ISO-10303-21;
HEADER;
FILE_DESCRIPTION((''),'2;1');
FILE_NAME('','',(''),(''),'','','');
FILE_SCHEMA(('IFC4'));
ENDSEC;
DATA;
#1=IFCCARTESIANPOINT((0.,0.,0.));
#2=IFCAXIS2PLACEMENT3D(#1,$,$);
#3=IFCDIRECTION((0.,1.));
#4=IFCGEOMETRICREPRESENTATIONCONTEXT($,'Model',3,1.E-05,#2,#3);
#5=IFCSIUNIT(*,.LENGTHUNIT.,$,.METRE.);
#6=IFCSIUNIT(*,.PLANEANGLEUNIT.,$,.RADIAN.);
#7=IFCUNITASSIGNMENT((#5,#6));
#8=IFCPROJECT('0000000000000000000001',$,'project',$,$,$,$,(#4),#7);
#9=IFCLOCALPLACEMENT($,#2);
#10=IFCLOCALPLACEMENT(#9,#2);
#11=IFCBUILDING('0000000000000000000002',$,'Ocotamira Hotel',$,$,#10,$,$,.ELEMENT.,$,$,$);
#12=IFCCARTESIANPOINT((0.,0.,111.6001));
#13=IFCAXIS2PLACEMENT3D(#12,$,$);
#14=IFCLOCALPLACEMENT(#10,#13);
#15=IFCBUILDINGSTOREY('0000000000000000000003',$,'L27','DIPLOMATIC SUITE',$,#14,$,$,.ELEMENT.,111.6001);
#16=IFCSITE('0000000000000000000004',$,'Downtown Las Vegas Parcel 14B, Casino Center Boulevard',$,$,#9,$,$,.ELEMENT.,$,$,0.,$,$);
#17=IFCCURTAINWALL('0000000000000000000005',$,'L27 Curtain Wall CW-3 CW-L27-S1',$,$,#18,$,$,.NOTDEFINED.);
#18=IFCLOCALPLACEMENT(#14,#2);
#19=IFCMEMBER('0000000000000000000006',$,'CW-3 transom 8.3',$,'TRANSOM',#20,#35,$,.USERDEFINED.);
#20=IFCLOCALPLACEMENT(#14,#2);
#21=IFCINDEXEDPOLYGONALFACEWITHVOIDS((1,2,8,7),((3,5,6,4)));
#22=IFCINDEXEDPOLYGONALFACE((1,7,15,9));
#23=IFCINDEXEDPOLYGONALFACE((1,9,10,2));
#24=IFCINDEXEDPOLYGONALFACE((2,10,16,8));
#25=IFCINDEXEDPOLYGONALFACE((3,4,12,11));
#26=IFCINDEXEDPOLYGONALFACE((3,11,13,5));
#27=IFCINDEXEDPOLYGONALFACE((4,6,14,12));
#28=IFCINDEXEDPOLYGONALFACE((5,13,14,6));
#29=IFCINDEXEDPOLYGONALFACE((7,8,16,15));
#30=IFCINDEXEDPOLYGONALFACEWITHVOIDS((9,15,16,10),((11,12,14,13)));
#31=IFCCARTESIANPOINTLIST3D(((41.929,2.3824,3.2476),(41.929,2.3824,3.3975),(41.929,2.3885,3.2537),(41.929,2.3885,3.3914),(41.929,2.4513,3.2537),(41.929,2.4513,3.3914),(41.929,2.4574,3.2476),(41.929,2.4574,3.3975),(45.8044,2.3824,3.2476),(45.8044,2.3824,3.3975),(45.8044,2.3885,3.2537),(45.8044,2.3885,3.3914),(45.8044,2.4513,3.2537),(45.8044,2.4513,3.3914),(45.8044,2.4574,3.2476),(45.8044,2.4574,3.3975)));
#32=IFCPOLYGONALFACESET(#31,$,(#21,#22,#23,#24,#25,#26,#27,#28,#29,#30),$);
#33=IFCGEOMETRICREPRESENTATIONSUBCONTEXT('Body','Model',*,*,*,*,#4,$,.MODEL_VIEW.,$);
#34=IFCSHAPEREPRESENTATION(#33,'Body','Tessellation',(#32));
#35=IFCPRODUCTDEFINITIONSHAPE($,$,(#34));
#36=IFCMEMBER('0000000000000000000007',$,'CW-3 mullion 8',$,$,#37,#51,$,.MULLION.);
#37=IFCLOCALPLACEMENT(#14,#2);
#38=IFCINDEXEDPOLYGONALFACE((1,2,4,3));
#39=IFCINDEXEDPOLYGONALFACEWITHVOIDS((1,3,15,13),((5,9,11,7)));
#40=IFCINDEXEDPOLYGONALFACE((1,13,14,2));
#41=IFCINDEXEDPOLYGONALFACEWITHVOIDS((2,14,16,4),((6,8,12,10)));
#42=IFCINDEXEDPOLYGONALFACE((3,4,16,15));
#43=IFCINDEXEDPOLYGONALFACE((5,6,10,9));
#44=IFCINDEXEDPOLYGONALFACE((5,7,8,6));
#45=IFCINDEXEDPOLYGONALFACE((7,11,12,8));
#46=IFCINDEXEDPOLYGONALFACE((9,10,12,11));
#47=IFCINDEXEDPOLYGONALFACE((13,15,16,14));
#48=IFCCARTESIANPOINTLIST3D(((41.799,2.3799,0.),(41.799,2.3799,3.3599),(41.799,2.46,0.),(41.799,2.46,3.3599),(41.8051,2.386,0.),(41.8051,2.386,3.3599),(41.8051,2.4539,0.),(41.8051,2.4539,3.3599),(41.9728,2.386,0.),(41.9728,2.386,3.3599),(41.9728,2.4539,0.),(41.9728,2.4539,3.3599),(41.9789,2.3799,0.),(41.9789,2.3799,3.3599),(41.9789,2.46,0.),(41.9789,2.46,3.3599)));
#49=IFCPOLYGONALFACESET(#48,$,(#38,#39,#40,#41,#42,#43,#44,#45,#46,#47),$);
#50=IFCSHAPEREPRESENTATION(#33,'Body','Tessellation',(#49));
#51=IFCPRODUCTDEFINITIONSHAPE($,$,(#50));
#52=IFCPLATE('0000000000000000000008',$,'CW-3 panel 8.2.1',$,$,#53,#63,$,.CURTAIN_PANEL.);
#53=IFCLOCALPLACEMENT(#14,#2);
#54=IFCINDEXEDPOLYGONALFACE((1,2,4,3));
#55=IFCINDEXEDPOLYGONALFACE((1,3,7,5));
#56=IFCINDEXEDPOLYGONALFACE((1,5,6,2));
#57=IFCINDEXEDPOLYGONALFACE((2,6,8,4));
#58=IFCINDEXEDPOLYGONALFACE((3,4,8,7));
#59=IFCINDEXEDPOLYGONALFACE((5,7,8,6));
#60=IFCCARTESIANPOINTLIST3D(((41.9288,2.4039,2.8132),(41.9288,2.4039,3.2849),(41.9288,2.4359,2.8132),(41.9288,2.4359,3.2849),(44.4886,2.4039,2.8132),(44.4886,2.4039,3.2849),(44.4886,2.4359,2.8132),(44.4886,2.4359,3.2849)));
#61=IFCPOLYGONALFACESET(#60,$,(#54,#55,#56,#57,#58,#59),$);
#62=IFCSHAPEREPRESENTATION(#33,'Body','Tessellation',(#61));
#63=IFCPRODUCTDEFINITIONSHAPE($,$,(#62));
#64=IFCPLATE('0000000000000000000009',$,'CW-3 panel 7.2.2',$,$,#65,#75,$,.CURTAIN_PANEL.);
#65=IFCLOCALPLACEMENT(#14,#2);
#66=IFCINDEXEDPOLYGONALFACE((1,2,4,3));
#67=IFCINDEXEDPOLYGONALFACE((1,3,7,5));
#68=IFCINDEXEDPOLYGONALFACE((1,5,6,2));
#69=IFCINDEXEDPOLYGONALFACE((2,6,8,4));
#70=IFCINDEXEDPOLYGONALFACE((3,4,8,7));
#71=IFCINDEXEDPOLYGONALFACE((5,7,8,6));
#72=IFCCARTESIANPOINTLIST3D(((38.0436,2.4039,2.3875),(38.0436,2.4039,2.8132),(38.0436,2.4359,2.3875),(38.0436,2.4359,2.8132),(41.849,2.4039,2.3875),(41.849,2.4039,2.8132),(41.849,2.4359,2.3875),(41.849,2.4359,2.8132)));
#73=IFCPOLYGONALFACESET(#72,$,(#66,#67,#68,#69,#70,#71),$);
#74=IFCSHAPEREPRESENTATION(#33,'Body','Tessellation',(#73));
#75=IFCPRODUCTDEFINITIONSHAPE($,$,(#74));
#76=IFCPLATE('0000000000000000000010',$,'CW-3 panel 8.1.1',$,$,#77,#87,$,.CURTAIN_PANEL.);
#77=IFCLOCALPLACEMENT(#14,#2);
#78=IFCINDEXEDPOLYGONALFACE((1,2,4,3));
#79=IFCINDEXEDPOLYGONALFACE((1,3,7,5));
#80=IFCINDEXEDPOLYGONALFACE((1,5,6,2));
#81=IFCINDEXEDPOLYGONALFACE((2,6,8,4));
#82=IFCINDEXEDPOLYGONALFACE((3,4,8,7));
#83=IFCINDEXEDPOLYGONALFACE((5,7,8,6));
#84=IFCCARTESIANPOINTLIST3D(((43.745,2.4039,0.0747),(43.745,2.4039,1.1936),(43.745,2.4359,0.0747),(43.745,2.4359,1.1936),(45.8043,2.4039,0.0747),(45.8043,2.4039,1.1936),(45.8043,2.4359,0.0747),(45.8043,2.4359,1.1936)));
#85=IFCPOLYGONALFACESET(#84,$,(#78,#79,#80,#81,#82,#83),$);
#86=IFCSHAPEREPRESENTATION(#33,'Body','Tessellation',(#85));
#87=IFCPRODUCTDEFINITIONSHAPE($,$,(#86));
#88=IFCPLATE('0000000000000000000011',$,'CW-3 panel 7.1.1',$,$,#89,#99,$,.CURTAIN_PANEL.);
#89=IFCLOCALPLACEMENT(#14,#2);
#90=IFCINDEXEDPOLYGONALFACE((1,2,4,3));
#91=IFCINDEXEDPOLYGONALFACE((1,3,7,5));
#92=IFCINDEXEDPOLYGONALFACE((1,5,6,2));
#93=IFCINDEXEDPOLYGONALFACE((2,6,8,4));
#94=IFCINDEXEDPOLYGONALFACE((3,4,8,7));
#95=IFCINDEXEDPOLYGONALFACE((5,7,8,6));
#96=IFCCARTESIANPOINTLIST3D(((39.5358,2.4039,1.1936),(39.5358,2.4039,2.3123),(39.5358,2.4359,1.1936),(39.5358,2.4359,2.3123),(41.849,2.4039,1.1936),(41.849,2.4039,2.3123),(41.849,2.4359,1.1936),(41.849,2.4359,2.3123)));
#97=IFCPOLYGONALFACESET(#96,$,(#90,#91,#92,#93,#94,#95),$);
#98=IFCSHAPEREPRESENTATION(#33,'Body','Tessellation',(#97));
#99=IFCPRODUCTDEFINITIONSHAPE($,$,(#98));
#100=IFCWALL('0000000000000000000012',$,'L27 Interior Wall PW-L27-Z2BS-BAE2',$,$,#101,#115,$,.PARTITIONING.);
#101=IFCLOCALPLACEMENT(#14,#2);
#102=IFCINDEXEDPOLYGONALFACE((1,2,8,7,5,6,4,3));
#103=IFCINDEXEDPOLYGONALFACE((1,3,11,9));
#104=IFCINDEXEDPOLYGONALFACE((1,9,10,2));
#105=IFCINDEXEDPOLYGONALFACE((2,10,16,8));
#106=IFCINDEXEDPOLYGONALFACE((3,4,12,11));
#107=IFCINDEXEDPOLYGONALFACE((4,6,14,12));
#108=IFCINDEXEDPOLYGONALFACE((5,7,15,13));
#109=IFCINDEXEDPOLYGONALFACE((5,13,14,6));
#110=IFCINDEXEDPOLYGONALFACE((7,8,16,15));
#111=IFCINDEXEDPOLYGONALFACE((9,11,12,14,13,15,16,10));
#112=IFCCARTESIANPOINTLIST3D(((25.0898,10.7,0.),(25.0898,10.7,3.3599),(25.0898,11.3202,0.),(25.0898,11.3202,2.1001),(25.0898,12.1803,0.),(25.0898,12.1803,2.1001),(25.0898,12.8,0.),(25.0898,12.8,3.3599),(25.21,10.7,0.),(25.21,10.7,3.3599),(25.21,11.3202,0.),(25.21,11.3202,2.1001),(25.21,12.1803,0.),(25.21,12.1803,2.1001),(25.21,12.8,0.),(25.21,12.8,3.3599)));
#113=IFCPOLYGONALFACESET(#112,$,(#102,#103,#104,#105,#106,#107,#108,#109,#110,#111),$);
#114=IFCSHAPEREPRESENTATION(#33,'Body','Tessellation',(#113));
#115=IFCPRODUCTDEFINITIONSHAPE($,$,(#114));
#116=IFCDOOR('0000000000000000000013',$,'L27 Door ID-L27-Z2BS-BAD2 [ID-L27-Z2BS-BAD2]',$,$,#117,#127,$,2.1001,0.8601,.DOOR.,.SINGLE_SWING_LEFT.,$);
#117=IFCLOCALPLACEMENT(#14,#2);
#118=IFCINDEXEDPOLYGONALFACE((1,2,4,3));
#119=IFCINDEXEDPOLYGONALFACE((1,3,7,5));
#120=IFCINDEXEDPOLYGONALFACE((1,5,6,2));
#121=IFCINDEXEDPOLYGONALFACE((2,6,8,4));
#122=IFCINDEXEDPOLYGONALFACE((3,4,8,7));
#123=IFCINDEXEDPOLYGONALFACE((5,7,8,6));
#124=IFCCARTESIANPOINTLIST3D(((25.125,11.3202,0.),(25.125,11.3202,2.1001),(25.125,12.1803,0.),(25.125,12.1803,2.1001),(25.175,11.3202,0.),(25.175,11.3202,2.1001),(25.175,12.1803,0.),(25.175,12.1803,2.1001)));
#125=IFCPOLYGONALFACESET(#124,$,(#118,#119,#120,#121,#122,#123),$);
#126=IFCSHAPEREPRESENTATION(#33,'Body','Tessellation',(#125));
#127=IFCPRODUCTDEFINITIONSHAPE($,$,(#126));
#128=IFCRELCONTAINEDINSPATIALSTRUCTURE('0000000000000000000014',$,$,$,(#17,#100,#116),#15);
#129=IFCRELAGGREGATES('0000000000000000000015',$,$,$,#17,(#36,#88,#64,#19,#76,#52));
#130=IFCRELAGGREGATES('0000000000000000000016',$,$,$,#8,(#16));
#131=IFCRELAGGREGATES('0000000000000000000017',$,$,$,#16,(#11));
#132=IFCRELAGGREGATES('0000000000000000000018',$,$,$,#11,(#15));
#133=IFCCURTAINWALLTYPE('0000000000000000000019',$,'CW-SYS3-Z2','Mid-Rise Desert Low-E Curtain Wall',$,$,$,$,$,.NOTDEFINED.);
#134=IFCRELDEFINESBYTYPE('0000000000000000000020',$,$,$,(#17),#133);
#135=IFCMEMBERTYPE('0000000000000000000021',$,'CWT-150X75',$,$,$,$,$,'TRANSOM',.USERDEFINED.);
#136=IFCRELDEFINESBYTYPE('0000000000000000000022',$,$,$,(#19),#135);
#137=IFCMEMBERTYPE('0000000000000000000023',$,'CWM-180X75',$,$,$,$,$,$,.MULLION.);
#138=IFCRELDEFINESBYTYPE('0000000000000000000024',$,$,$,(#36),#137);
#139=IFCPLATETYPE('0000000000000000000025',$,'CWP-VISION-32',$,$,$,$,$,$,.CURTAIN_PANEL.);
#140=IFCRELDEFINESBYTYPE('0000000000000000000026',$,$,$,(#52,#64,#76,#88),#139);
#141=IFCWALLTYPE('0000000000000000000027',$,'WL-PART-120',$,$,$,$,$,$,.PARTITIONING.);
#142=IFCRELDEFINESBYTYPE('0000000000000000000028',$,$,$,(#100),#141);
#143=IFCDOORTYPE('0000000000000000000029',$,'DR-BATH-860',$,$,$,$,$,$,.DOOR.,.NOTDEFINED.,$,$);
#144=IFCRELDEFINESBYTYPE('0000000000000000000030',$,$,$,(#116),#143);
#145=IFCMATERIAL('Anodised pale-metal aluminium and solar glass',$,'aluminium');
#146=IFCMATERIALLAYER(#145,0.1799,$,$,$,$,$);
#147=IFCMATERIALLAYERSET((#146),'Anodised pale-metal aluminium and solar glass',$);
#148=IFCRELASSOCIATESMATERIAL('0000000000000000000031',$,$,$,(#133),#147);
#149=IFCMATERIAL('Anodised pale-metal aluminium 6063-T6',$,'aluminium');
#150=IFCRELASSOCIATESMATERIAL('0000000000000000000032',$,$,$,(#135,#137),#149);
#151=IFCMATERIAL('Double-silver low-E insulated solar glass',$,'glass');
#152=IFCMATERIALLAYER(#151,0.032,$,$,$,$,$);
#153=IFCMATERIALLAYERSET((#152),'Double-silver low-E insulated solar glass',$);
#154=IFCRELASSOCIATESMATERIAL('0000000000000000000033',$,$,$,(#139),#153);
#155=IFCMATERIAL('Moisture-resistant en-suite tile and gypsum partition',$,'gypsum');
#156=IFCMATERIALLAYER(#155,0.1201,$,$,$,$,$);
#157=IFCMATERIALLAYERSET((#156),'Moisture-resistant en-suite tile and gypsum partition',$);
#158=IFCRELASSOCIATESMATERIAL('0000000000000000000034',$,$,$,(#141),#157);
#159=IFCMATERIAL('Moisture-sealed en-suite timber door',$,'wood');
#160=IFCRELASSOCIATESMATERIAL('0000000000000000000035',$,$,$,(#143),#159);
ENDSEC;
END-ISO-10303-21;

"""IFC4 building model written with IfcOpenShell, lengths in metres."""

from ifc_helpers import new_model, si_unit, direction, frame, frame_2d, origin, origin_2d, place, context, subcontext, project, spatial, rectangle, hollow_rectangle, extrude, source, transform, mapped, material, layer, layer_set, material_profile, profile_set, type_object, element, fill, aggregate, save


model = new_model("IFC4")

# Units and contexts
model_context = context("Model", 3, precision=1e-05, world=origin(), true_north=direction((0.0, 1.0)))
body_context = subcontext(model_context, "Body", "Model", "MODEL_VIEW")
ifc_project = project(units=[si_unit("LENGTHUNIT", "METRE"), si_unit("PLANEANGLEUNIT", "RADIAN")], contexts=[model_context])

# Site, building, storey
site_placement = place(None, origin())
site = spatial("IfcSite", under=ifc_project, at=site_placement, Name="Downtown Las Vegas Parcel 14B, Casino Center Boulevard", CompositionType="ELEMENT", RefElevation=0.0)
building_placement = place(site_placement, origin())
building = spatial("IfcBuilding", under=site, at=building_placement, Name="Ocotamira Hotel", CompositionType="ELEMENT")
storey_placement = place(building_placement, frame((0.0, 0.0, 111.6001)))
storey = spatial("IfcBuildingStorey", under=building, at=storey_placement, Name="L27", Description="DIPLOMATIC SUITE", CompositionType="ELEMENT", Elevation=111.6001)

# Curtain wall, members, plates
ifc_material_1 = material(Name="Anodised pale-metal aluminium and solar glass", Category="aluminium")
ifc_layer_1 = layer(ifc_material_1, 0.1799)
ifc_layer_set_1 = layer_set([ifc_layer_1], Name="Anodised pale-metal aluminium and solar glass")
curtain_wall_type = type_object("IfcCurtainWallType", Name="CW-SYS3-Z2", Description="Mid-Rise Desert Low-E Curtain Wall", PredefinedType="NOTDEFINED", material=ifc_layer_set_1)
curtain_wall_placement = place(storey_placement, origin())
curtain_wall = element("IfcCurtainWall", 1, at=curtain_wall_placement, inside=storey, type_object=curtain_wall_type, Name="L27 Curtain Wall CW-3 CW-L27-S1", PredefinedType="NOTDEFINED")
ifc_material_2 = material(Name="Anodised pale-metal aluminium 6063-T6", Category="aluminium")
ifc_material_profile_1 = material_profile(ifc_material_2, hollow_rectangle(XDim=0.075, YDim=0.1499, WallThickness=0.0061, at=origin_2d()), Name="HSS150X75X6")
ifc_profile_set_1 = profile_set([ifc_material_profile_1], Name="Anodised pale-metal aluminium 6063-T6")
member_type_1 = type_object("IfcMemberType", Name="CWT-150X75", ElementType="TRANSOM", PredefinedType="USERDEFINED", material=ifc_profile_set_1)
shared_shape_1 = source(origin(), body_context, "Body", "SweptSolid", [
    extrude(hollow_rectangle(XDim=0.075, YDim=0.1499, WallThickness=0.0061, at=origin_2d()), origin(), (0.0, 0.0, 1.0), 3.8755),
])
member_1_placement = place(storey_placement, frame((41.929, 2.4199, 3.3225), z_axis=(1.0, 0.0, 0.0), x_axis=(0.0, 1.0, 0.0)))
member_1 = element("IfcMember", 2, at=member_1_placement, type_object=member_type_1, Name="CW-3 transom 8.3", ObjectType="TRANSOM", PredefinedType="USERDEFINED", context=body_context, shape_type="MappedRepresentation", body=[
    mapped(shared_shape_1, transform((0.0, 0.0, 0.0), scale=1.0)),
])
ifc_material_profile_2 = material_profile(ifc_material_2, hollow_rectangle(XDim=0.0801, YDim=0.1799, WallThickness=0.0061, at=origin_2d()), Name="HSS180X80X6")
ifc_profile_set_2 = profile_set([ifc_material_profile_2], Name="Anodised pale-metal aluminium 6063-T6")
member_type_2 = type_object("IfcMemberType", Name="CWM-180X75", PredefinedType="MULLION", material=ifc_profile_set_2)
shared_shape_2 = source(origin(), body_context, "Body", "SweptSolid", [
    extrude(hollow_rectangle(XDim=0.0801, YDim=0.1799, WallThickness=0.0061, at=origin_2d()), origin(), (0.0, 0.0, 1.0), 3.3599),
])
member_2_placement = place(storey_placement, frame((41.8889, 2.4199, 0.0), z_axis=(0.0, 0.0, 1.0), x_axis=(0.0, 1.0, 0.0)))
member_2 = element("IfcMember", 3, at=member_2_placement, type_object=member_type_2, Name="CW-3 mullion 8", PredefinedType="MULLION", context=body_context, shape_type="MappedRepresentation", body=[
    mapped(shared_shape_2, transform((0.0, 0.0, 0.0), scale=1.0)),
])
ifc_material_3 = material(Name="Double-silver low-E insulated solar glass", Category="glass")
ifc_layer_2 = layer(ifc_material_3, 0.032)
ifc_layer_set_2 = layer_set([ifc_layer_2], Name="Double-silver low-E insulated solar glass")
plate_type = type_object("IfcPlateType", Name="CWP-VISION-32", PredefinedType="CURTAIN_PANEL", material=ifc_layer_set_2)
shared_shape_3 = source(origin(), body_context, "Body", "SweptSolid", [
    extrude(rectangle(XDim=2.5598, YDim=0.032, at=origin_2d()), origin(), (0.0, 0.0, 1.0), 0.4717),
])
plate_1_placement = place(storey_placement, frame((43.2087, 2.4199, 2.8132), z_axis=(0.0, 0.0, 1.0), x_axis=(1.0, 0.0, 0.0)))
plate_1 = element("IfcPlate", 4, at=plate_1_placement, type_object=plate_type, Name="CW-3 panel 8.2.1", PredefinedType="CURTAIN_PANEL", context=body_context, shape_type="MappedRepresentation", body=[
    mapped(shared_shape_3, transform((0.0, 0.0, 0.0), scale=1.0)),
])
shared_shape_4 = source(origin(), body_context, "Body", "SweptSolid", [
    extrude(rectangle(XDim=3.8054, YDim=0.032, at=origin_2d()), origin(), (0.0, 0.0, 1.0), 0.4258),
])
plate_2_placement = place(storey_placement, frame((39.9463, 2.4199, 2.3875), z_axis=(0.0, 0.0, 1.0), x_axis=(1.0, 0.0, 0.0)))
plate_2 = element("IfcPlate", 5, at=plate_2_placement, type_object=plate_type, Name="CW-3 panel 7.2.2", PredefinedType="CURTAIN_PANEL", context=body_context, shape_type="MappedRepresentation", body=[
    mapped(shared_shape_4, transform((0.0, 0.0, 0.0), scale=1.0)),
])
shared_shape_5 = source(origin(), body_context, "Body", "SweptSolid", [
    extrude(rectangle(XDim=2.0593, YDim=0.032, at=origin_2d()), origin(), (0.0, 0.0, 1.0), 1.1189),
])
plate_3_placement = place(storey_placement, frame((44.7747, 2.4199, 0.0747), z_axis=(0.0, 0.0, 1.0), x_axis=(1.0, 0.0, 0.0)))
plate_3 = element("IfcPlate", 6, at=plate_3_placement, type_object=plate_type, Name="CW-3 panel 8.1.1", PredefinedType="CURTAIN_PANEL", context=body_context, shape_type="MappedRepresentation", body=[
    mapped(shared_shape_5, transform((0.0, 0.0, 0.0), scale=1.0)),
])
shared_shape_6 = source(origin(), body_context, "Body", "SweptSolid", [
    extrude(rectangle(XDim=2.3132, YDim=0.032, at=origin_2d()), origin(), (0.0, 0.0, 1.0), 1.1187),
])
plate_4_placement = place(storey_placement, frame((40.6924, 2.4199, 1.1936), z_axis=(0.0, 0.0, 1.0), x_axis=(1.0, 0.0, 0.0)))
plate_4 = element("IfcPlate", 7, at=plate_4_placement, type_object=plate_type, Name="CW-3 panel 7.1.1", PredefinedType="CURTAIN_PANEL", context=body_context, shape_type="MappedRepresentation", body=[
    mapped(shared_shape_6, transform((0.0, 0.0, 0.0), scale=1.0)),
])
aggregate(curtain_wall, [member_2, plate_4, plate_2, member_1, plate_3, plate_1])

# Wall, opening, door
ifc_material_4 = material(Name="Moisture-resistant en-suite tile and gypsum partition", Category="gypsum")
ifc_layer_3 = layer(ifc_material_4, 0.1201)
ifc_layer_set_3 = layer_set([ifc_layer_3], Name="Moisture-resistant en-suite tile and gypsum partition")
wall_type = type_object("IfcWallType", Name="WL-PART-120", PredefinedType="PARTITIONING", material=ifc_layer_set_3)
wall_placement = place(storey_placement, frame((25.1499, 10.7, 0.0), z_axis=(0.0, 0.0, 1.0), x_axis=(0.0, 1.0, 0.0)))
wall = element("IfcWall", 8, at=wall_placement, inside=storey, type_object=wall_type, Name="L27 Interior Wall PW-L27-Z2BS-BAE2", PredefinedType="PARTITIONING", context=body_context, shape_type="SweptSolid", body=[
    extrude(rectangle(XDim=2.1001, YDim=0.1201, at=frame_2d((1.05, 0.0))), origin(), (0.0, 0.0, 1.0), 3.3599),
])
opening_placement = place(wall_placement, frame((0.6201, 0.0, 0.0)))
opening = element("IfcOpeningElement", 9, at=opening_placement, cuts=wall, PredefinedType="OPENING", context=body_context, shape_type="SweptSolid", body=[
    extrude(rectangle(XDim=0.8601, YDim=2.1001, at=frame_2d((0.4302, 1.05))), frame((0.0, 0.0701, 0.0), z_axis=(0.0, -1.0, 0.0), x_axis=(1.0, 0.0, 0.0)), (0.0, 0.0, 1.0), 0.1401),
])
ifc_material_5 = material(Name="Moisture-sealed en-suite timber door", Category="wood")
door_type = type_object("IfcDoorType", Name="DR-BATH-860", OperationType="NOTDEFINED", PredefinedType="DOOR", material=ifc_material_5)
shared_shape_7 = source(origin(), body_context, "Body", "SweptSolid", [
    extrude(rectangle(XDim=0.8601, YDim=2.1001, at=frame_2d((0.4302, 1.05))), frame((0.0, 0.0249, 0.0), z_axis=(0.0, -1.0, 0.0), x_axis=(1.0, 0.0, 0.0)), (0.0, 0.0, 1.0), 0.05),
])
door_placement = place(opening_placement, origin())
door = element("IfcDoor", 10, at=door_placement, inside=storey, type_object=door_type, Name="L27 Door ID-L27-Z2BS-BAD2 [ID-L27-Z2BS-BAD2]", OperationType="SINGLE_SWING_LEFT", OverallHeight=2.1001, OverallWidth=0.8601, PredefinedType="DOOR", context=body_context, shape_type="MappedRepresentation", body=[
    mapped(shared_shape_7, transform((0.0, 0.0, 0.0), scale=1.0)),
])
fill(opening, door)

save(model, "model.ifc")
